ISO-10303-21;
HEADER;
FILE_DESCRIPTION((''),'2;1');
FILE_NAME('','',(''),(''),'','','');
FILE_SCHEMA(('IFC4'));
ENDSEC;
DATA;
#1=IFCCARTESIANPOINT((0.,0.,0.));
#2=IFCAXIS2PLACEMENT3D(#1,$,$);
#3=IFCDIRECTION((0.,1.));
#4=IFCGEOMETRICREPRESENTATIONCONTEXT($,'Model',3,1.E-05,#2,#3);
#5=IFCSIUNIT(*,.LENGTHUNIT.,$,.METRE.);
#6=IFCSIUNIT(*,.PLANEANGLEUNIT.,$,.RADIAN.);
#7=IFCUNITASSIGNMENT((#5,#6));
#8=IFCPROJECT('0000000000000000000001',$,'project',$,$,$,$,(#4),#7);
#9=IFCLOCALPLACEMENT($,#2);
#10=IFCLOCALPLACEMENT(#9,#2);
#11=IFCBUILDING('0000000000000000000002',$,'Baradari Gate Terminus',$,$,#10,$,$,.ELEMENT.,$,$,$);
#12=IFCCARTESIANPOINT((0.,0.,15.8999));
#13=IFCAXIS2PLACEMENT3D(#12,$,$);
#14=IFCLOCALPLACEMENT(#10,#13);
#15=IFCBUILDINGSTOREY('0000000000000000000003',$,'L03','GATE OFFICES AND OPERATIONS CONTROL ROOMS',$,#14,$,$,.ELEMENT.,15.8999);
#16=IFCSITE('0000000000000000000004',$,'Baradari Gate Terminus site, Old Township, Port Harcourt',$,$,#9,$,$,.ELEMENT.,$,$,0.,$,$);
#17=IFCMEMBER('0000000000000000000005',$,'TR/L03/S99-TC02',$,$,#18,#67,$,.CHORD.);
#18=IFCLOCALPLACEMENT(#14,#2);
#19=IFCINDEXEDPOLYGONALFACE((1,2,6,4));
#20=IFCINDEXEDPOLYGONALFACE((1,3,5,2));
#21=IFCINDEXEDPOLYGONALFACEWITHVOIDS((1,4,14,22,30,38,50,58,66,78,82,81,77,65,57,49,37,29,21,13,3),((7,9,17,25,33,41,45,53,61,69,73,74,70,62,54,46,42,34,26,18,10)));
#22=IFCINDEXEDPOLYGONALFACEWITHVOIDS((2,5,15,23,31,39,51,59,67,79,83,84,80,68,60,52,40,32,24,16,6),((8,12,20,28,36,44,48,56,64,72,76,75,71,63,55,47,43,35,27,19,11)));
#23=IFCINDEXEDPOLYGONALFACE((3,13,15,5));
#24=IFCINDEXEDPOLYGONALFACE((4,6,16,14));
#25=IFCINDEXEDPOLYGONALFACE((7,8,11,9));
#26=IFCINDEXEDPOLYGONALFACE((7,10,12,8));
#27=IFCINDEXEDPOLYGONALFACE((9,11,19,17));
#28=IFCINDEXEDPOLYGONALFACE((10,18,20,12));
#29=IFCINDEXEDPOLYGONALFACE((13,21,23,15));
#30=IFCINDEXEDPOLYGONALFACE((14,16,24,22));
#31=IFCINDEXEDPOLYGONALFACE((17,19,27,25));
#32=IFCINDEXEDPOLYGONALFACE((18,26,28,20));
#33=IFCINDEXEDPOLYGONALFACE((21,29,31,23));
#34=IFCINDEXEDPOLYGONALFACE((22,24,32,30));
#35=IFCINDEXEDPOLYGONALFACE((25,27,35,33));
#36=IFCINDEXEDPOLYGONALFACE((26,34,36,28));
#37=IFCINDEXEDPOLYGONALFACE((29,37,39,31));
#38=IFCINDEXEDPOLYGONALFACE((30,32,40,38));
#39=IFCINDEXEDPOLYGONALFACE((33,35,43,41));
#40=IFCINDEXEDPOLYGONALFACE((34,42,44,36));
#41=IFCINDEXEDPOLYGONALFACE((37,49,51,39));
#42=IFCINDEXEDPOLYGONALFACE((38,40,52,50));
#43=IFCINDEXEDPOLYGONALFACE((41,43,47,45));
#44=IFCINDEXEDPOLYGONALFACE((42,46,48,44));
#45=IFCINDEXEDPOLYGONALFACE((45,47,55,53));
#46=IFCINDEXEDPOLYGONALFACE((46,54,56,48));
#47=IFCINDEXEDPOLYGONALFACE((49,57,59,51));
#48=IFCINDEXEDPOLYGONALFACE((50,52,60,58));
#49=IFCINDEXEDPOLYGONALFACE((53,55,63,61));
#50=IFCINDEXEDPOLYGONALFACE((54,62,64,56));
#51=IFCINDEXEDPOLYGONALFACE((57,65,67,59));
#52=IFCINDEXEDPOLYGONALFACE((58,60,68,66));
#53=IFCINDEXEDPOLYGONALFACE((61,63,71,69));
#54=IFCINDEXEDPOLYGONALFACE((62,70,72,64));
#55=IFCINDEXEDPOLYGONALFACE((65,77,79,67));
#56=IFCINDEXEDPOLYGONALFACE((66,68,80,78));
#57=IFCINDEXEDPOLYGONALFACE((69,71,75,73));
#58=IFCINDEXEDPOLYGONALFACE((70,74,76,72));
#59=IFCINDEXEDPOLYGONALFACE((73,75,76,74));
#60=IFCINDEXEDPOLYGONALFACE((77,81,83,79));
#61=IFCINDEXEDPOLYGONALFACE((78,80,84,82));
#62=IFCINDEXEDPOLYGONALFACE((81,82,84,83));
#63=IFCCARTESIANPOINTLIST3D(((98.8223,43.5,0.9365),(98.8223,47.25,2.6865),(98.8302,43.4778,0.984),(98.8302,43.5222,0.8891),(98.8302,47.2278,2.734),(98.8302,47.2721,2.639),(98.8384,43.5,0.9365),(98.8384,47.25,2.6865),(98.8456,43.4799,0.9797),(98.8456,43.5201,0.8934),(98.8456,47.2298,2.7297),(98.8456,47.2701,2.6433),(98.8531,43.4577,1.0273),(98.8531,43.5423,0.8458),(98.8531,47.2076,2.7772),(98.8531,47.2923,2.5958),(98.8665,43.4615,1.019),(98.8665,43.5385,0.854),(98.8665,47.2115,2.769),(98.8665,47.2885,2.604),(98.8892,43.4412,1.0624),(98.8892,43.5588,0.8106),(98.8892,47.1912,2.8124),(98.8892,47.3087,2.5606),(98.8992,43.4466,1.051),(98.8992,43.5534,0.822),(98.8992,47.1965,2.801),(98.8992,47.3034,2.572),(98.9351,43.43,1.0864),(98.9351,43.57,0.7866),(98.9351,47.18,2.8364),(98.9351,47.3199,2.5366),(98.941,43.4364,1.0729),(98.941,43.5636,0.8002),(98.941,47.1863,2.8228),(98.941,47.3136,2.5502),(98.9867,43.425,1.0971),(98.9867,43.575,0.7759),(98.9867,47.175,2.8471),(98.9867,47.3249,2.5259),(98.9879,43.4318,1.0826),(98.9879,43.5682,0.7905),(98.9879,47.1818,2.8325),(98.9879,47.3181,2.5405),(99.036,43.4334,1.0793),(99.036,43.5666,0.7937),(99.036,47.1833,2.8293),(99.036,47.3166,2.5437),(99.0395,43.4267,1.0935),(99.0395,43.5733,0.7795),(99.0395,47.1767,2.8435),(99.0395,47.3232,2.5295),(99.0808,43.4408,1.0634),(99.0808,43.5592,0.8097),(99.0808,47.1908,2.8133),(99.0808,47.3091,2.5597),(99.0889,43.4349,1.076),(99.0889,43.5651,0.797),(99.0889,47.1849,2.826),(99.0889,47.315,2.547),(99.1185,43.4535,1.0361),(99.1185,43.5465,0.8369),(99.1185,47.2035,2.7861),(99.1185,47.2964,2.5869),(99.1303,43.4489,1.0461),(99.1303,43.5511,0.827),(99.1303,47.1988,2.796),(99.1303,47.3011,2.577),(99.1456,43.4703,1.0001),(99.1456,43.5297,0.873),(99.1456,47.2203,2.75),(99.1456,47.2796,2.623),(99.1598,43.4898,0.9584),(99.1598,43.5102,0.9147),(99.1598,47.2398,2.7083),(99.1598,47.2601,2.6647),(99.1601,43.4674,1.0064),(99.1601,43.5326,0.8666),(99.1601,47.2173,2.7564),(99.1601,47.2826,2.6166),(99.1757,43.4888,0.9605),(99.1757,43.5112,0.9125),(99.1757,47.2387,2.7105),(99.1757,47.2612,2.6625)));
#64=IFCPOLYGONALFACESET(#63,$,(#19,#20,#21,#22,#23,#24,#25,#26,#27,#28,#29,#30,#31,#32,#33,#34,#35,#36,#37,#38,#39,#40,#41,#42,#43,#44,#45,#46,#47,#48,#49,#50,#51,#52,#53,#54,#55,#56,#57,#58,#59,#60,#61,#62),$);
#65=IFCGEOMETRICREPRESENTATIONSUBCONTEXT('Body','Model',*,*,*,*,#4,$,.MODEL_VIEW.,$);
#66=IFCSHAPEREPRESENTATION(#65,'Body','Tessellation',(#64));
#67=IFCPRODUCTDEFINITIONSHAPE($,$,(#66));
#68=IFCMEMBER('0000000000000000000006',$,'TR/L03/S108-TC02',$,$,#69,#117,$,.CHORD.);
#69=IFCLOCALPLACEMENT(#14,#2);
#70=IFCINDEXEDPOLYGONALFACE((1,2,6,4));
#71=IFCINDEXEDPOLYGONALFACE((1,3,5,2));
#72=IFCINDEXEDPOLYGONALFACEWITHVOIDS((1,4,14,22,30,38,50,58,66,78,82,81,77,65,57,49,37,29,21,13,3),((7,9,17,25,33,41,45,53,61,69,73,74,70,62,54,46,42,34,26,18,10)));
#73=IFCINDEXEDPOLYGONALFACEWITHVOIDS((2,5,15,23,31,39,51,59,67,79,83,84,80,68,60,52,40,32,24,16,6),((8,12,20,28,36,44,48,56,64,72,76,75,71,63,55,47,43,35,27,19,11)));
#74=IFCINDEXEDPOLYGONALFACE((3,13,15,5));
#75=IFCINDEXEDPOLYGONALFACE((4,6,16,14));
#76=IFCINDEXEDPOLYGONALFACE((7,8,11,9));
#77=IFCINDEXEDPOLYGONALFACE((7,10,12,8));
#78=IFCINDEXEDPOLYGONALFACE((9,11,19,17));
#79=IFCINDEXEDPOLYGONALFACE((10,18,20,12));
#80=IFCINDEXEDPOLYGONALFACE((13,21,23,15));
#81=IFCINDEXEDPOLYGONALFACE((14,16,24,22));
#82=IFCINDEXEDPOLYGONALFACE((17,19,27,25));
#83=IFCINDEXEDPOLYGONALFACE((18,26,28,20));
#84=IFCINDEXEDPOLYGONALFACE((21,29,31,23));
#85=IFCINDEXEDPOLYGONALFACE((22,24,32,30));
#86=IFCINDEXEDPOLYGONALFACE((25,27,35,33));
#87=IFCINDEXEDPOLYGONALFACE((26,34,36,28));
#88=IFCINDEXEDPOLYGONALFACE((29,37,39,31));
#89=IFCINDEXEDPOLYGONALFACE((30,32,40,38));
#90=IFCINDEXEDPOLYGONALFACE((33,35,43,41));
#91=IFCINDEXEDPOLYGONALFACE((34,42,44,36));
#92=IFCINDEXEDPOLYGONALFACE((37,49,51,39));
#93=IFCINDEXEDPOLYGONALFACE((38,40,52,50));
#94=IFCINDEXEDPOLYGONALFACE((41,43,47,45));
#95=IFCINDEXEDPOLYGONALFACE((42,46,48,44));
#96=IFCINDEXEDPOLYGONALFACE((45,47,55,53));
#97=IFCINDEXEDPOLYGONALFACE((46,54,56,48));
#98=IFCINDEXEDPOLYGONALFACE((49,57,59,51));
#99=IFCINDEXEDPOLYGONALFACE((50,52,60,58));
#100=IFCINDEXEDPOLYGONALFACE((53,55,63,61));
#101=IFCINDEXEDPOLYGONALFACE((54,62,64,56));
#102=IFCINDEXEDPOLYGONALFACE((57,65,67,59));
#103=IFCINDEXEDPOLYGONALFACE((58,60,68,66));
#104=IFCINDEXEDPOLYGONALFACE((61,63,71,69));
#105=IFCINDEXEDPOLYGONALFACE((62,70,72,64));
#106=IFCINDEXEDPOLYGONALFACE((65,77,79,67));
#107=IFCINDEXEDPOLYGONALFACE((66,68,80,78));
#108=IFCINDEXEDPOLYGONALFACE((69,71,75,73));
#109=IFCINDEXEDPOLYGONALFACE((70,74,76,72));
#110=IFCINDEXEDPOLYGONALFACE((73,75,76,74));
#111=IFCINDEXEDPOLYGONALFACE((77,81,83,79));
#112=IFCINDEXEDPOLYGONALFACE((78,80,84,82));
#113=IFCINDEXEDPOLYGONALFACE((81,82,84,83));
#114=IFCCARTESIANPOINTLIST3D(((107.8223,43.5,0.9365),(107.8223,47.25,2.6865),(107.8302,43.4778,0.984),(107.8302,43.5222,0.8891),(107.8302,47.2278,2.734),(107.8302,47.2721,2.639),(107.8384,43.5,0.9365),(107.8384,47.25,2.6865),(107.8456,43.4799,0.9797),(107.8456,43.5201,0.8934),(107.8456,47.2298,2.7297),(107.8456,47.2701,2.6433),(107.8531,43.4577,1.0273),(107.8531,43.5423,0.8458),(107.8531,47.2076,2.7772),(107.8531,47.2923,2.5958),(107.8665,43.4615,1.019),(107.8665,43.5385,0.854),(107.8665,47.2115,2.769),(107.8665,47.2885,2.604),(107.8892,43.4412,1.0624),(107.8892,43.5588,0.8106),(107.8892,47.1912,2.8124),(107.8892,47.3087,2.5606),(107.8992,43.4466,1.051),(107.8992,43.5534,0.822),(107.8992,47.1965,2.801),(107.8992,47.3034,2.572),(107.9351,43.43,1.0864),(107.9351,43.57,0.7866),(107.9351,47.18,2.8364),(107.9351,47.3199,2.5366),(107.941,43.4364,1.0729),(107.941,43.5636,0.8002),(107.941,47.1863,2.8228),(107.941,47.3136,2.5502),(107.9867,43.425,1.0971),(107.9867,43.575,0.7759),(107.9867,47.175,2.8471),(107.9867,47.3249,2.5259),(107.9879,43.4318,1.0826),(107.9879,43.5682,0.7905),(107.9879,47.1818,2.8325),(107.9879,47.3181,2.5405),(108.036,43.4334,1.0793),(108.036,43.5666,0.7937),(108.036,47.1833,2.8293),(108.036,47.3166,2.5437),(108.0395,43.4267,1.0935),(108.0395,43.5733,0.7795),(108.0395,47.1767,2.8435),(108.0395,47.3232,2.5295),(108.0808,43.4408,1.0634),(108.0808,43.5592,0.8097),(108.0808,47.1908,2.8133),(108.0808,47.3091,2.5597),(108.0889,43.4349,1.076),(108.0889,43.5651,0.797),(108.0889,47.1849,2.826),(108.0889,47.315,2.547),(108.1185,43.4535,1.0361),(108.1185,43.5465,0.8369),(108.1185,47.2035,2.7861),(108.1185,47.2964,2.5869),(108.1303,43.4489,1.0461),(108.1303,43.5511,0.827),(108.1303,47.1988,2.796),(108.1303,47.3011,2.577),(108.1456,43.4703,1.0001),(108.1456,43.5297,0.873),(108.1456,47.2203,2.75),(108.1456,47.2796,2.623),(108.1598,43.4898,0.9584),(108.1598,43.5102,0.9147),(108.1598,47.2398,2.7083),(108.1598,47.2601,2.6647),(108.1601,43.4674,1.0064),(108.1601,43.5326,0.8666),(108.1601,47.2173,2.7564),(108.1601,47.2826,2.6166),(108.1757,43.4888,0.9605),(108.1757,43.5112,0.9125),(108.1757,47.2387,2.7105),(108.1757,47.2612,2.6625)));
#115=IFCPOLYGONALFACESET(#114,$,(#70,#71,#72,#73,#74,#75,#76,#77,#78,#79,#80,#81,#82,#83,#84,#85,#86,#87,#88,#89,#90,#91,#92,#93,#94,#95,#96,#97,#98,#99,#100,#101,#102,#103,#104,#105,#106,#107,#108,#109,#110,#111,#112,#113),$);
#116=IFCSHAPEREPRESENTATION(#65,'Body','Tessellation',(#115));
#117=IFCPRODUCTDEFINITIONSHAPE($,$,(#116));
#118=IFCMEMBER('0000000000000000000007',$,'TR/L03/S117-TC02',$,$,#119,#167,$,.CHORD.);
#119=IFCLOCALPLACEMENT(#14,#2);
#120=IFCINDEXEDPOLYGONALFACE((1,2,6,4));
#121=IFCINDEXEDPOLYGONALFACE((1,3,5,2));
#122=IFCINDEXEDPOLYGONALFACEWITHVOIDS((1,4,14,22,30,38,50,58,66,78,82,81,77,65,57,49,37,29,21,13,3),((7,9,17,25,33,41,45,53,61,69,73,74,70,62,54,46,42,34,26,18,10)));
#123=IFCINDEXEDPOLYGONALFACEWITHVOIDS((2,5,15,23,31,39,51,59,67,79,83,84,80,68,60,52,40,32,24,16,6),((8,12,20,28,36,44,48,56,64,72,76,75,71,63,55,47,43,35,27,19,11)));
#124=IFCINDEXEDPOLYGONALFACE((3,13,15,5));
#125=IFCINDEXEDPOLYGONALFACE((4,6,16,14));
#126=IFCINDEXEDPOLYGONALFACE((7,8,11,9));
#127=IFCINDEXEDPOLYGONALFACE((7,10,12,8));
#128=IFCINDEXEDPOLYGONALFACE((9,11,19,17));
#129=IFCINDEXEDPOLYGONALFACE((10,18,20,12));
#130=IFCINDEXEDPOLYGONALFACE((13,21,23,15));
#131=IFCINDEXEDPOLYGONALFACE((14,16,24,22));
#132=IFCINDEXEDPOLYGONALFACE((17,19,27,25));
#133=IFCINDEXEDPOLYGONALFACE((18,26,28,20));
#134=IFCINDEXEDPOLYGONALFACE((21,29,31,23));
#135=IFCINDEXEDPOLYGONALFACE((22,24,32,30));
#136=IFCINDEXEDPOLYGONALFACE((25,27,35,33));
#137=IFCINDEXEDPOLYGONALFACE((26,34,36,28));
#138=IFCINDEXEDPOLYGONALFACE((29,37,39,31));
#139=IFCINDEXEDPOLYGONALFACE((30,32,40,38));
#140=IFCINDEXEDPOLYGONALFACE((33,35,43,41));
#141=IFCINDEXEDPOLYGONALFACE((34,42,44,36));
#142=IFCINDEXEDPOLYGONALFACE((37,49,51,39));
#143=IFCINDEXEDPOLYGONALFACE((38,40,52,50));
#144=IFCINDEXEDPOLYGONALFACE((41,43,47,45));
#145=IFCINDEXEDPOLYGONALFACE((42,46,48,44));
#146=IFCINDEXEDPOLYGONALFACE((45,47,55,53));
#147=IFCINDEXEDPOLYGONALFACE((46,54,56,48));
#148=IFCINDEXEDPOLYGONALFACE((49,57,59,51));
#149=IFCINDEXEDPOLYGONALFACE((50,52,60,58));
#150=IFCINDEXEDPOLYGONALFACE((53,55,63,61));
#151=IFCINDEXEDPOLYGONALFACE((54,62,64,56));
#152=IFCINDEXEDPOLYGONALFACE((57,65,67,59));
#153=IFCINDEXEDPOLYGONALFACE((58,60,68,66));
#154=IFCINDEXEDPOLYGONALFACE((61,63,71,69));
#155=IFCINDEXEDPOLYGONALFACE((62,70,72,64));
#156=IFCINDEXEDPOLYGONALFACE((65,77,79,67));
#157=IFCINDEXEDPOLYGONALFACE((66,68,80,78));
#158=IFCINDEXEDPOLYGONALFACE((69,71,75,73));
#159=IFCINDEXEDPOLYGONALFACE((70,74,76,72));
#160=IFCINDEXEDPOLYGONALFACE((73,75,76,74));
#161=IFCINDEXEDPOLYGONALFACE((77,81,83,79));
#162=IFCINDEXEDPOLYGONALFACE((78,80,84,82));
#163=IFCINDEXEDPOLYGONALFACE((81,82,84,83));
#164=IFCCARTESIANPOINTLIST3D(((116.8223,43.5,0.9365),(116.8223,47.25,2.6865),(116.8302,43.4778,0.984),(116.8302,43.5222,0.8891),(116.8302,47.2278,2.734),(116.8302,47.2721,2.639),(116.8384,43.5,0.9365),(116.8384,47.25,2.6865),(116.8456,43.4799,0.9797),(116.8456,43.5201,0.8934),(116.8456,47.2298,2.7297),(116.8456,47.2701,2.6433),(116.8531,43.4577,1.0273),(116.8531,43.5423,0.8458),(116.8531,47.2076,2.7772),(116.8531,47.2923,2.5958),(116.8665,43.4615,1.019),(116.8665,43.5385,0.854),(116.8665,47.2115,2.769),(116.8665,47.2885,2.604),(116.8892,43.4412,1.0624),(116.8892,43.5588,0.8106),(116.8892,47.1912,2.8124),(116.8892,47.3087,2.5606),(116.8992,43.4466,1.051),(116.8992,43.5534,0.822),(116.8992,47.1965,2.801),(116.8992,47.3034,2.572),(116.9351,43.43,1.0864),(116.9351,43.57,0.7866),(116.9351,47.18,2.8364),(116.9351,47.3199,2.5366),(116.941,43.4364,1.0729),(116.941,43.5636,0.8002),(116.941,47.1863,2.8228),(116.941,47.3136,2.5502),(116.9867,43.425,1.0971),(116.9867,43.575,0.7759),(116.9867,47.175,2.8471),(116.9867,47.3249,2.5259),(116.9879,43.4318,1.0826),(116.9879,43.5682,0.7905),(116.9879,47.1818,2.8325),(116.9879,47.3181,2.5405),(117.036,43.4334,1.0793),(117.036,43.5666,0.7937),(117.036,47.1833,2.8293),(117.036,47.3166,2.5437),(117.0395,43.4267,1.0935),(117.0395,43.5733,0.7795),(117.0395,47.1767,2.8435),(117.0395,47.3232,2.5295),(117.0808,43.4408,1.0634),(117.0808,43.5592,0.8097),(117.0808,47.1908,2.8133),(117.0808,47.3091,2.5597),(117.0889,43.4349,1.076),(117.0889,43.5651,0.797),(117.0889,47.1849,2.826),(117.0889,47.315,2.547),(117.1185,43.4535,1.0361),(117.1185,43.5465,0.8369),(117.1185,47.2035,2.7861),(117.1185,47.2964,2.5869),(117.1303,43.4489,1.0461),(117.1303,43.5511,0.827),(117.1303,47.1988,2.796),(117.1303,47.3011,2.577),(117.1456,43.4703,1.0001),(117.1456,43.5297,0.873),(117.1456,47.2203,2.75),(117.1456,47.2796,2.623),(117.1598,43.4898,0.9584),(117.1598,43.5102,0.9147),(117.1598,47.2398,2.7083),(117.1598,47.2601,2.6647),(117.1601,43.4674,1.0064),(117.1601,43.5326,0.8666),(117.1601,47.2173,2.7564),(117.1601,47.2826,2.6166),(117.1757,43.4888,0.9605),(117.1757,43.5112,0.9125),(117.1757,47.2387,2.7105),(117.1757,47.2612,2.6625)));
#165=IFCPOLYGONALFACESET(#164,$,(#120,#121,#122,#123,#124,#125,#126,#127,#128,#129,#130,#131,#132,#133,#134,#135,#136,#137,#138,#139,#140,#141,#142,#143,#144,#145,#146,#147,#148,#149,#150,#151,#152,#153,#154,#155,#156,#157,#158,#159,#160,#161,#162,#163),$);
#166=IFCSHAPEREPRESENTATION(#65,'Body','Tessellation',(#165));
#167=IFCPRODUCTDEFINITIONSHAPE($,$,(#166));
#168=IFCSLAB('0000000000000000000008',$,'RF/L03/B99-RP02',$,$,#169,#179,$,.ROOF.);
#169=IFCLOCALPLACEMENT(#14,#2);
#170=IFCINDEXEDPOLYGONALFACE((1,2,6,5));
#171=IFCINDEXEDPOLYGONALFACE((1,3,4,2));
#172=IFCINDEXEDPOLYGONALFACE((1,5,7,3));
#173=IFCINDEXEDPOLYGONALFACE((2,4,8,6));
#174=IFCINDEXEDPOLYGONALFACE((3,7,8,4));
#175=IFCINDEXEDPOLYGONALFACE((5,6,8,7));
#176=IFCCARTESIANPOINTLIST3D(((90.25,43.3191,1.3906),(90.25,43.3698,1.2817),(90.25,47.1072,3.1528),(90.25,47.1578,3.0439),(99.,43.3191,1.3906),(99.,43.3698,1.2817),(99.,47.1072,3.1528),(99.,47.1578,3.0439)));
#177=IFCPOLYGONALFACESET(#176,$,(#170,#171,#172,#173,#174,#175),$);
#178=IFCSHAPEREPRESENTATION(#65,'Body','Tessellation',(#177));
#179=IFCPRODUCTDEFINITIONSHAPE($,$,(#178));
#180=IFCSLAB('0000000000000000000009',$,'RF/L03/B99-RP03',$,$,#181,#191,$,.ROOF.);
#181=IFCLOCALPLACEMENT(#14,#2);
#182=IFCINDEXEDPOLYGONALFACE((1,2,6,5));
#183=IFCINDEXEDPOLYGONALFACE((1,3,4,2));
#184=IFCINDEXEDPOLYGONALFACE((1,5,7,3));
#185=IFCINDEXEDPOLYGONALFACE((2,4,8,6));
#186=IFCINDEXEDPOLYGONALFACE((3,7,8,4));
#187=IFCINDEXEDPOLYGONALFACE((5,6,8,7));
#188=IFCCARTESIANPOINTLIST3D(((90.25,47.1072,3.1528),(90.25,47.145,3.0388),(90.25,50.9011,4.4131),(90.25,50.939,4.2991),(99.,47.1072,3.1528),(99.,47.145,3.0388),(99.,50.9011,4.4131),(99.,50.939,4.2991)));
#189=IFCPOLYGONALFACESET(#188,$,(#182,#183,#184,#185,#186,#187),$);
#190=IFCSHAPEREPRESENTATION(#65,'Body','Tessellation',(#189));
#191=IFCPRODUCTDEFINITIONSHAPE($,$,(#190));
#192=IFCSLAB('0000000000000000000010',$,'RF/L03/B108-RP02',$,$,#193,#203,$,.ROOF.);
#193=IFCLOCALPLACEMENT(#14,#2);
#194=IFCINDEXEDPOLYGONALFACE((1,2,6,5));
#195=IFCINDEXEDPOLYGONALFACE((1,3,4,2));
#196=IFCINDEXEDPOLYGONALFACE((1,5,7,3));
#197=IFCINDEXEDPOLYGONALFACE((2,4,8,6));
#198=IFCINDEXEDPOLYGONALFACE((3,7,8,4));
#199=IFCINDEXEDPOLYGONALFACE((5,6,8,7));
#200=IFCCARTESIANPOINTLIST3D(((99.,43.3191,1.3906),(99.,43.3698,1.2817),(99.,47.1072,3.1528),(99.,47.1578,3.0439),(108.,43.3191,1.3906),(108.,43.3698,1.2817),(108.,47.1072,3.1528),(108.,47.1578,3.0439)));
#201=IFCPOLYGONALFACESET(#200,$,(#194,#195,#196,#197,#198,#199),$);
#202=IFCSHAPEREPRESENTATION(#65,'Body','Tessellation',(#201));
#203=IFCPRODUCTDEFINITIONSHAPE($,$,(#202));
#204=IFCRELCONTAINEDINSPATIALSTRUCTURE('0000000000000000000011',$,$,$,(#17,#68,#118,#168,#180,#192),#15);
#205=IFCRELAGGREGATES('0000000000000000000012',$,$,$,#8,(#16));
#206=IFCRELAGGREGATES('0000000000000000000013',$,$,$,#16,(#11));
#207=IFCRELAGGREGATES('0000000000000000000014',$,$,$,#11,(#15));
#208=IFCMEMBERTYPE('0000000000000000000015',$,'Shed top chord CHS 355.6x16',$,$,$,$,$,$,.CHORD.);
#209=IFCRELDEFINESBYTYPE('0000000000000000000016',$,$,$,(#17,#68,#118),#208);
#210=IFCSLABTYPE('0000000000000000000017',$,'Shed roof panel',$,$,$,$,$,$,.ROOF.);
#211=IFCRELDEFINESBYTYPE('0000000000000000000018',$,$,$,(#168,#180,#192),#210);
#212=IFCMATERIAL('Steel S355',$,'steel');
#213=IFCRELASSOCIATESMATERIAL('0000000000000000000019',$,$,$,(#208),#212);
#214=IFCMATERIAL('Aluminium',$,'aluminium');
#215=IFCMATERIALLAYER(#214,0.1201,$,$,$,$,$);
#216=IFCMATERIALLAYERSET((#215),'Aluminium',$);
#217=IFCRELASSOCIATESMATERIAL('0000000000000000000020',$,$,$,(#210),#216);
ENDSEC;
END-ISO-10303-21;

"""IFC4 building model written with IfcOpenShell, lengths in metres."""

from ifc_helpers import new_model, si_unit, direction, frame, origin, origin_2d, place, context, subcontext, project, spatial, polyline, hollow_circle, outline, extrude, material, layer, layer_set, material_profile, profile_set, type_object, element, save


model = new_model("IFC4")

# Units and contexts
model_context = context("Model", 3, precision=1e-05, world=origin(), true_north=direction((0.0, 1.0)))
body_context = subcontext(model_context, "Body", "Model", "MODEL_VIEW")
ifc_project = project(units=[si_unit("LENGTHUNIT", "METRE"), si_unit("PLANEANGLEUNIT", "RADIAN")], contexts=[model_context])

# Site, building, storey
site_placement = place(None, origin())
site = spatial("IfcSite", under=ifc_project, at=site_placement, Name="Baradari Gate Terminus site, Old Township, Port Harcourt", CompositionType="ELEMENT", RefElevation=0.0)
building_placement = place(site_placement, origin())
building = spatial("IfcBuilding", under=site, at=building_placement, Name="Baradari Gate Terminus", CompositionType="ELEMENT")
storey_placement = place(building_placement, frame((0.0, 0.0, 15.8999)))
storey = spatial("IfcBuildingStorey", under=building, at=storey_placement, Name="L03", Description="GATE OFFICES AND OPERATIONS CONTROL ROOMS", CompositionType="ELEMENT", Elevation=15.8999)

# Members
ifc_material_1 = material(Name="Steel S355", Category="steel")
ifc_material_profile_1 = material_profile(ifc_material_1, hollow_circle(Radius=0.1777, WallThickness=0.0161, at=origin_2d()), Name="CHS 355.6x16")
ifc_profile_set_1 = profile_set([ifc_material_profile_1], Name="Steel S355")
member_type_1 = type_object("IfcMemberType", Name="Shed top chord CHS 355.6x16", PredefinedType="CHORD", material=ifc_profile_set_1)
for number, where, z_axis, x_axis, name in (
    (1, (99.0, 43.5, 0.9365), (0.0, 0.906183, 0.422885), (-1.0, 0.0, 0.0), "TR/L03/S99-TC02"),
    (2, (108.0, 43.5, 0.9365), (0.0, 0.906183, 0.422885), (-1.0, 0.0, 0.0), "TR/L03/S108-TC02"),
    (3, (117.0, 43.5, 0.9365), (0.0, 0.906183, 0.422885), (-1.0, 0.0, 0.0), "TR/L03/S117-TC02"),
):
    element("IfcMember", number, at=place(storey_placement, frame(where, z_axis=z_axis, x_axis=x_axis)), inside=storey, type_object=member_type_1, Name=name, PredefinedType="CHORD", context=body_context, shape_type="SweptSolid", body=[
        extrude(hollow_circle(Radius=0.1777, WallThickness=0.0161, at=origin_2d()), origin(), (0.0, 0.0, 1.0), 4.1382),
    ])

# Slabs
ifc_material_2 = material(Name="Aluminium", Category="aluminium")
ifc_layer_1 = layer(ifc_material_2, 0.1201)
ifc_layer_set_1 = layer_set([ifc_layer_1], Name="Aluminium")
slab_type = type_object("IfcSlabType", Name="Shed roof panel", PredefinedType="ROOF", material=ifc_layer_set_1)
slab_1_placement = place(storey_placement, frame((90.25, 43.3191, 1.3906), z_axis=(0.0, -0.421791, 0.906693), x_axis=(1.0, 0.0, 0.0)))
element("IfcSlab", 4, at=slab_1_placement, inside=storey, type_object=slab_type, Name="RF/L03/B99-RP02", PredefinedType="ROOF", context=body_context, shape_type="SweptSolid", body=[
    extrude(outline(polyline([(0.0, 0.0), (8.75, 0.0), (8.75, 4.1779), (0.0, 4.1779), (0.0, 0.0)])), origin(), (0.0, 0.0, -1.0), 0.1201),
])
slab_2_placement = place(storey_placement, frame((90.25, 47.1072, 3.1528), z_axis=(0.0, -0.315238, 0.949013), x_axis=(1.0, 0.0, 0.0)))
element("IfcSlab", 5, at=slab_2_placement, inside=storey, type_object=slab_type, Name="RF/L03/B99-RP03", PredefinedType="ROOF", context=body_context, shape_type="SweptSolid", body=[
    extrude(outline(polyline([(0.0, 0.0), (8.75, 0.0), (8.75, 3.9978), (0.0, 3.9978), (0.0, 0.0)])), origin(), (0.0, 0.0, -1.0), 0.1201),
])
slab_3_placement = place(storey_placement, frame((99.0, 43.3191, 1.3906), z_axis=(0.0, -0.421791, 0.906693), x_axis=(1.0, 0.0, 0.0)))
element("IfcSlab", 6, at=slab_3_placement, inside=storey, type_object=slab_type, Name="RF/L03/B108-RP02", PredefinedType="ROOF", context=body_context, shape_type="SweptSolid", body=[
    extrude(outline(polyline([(0.0, 0.0), (9.0, 0.0), (9.0, 4.1779), (0.0, 4.1779), (0.0, 0.0)])), origin(), (0.0, 0.0, -1.0), 0.1201),
])

save(model, "model.ifc")
